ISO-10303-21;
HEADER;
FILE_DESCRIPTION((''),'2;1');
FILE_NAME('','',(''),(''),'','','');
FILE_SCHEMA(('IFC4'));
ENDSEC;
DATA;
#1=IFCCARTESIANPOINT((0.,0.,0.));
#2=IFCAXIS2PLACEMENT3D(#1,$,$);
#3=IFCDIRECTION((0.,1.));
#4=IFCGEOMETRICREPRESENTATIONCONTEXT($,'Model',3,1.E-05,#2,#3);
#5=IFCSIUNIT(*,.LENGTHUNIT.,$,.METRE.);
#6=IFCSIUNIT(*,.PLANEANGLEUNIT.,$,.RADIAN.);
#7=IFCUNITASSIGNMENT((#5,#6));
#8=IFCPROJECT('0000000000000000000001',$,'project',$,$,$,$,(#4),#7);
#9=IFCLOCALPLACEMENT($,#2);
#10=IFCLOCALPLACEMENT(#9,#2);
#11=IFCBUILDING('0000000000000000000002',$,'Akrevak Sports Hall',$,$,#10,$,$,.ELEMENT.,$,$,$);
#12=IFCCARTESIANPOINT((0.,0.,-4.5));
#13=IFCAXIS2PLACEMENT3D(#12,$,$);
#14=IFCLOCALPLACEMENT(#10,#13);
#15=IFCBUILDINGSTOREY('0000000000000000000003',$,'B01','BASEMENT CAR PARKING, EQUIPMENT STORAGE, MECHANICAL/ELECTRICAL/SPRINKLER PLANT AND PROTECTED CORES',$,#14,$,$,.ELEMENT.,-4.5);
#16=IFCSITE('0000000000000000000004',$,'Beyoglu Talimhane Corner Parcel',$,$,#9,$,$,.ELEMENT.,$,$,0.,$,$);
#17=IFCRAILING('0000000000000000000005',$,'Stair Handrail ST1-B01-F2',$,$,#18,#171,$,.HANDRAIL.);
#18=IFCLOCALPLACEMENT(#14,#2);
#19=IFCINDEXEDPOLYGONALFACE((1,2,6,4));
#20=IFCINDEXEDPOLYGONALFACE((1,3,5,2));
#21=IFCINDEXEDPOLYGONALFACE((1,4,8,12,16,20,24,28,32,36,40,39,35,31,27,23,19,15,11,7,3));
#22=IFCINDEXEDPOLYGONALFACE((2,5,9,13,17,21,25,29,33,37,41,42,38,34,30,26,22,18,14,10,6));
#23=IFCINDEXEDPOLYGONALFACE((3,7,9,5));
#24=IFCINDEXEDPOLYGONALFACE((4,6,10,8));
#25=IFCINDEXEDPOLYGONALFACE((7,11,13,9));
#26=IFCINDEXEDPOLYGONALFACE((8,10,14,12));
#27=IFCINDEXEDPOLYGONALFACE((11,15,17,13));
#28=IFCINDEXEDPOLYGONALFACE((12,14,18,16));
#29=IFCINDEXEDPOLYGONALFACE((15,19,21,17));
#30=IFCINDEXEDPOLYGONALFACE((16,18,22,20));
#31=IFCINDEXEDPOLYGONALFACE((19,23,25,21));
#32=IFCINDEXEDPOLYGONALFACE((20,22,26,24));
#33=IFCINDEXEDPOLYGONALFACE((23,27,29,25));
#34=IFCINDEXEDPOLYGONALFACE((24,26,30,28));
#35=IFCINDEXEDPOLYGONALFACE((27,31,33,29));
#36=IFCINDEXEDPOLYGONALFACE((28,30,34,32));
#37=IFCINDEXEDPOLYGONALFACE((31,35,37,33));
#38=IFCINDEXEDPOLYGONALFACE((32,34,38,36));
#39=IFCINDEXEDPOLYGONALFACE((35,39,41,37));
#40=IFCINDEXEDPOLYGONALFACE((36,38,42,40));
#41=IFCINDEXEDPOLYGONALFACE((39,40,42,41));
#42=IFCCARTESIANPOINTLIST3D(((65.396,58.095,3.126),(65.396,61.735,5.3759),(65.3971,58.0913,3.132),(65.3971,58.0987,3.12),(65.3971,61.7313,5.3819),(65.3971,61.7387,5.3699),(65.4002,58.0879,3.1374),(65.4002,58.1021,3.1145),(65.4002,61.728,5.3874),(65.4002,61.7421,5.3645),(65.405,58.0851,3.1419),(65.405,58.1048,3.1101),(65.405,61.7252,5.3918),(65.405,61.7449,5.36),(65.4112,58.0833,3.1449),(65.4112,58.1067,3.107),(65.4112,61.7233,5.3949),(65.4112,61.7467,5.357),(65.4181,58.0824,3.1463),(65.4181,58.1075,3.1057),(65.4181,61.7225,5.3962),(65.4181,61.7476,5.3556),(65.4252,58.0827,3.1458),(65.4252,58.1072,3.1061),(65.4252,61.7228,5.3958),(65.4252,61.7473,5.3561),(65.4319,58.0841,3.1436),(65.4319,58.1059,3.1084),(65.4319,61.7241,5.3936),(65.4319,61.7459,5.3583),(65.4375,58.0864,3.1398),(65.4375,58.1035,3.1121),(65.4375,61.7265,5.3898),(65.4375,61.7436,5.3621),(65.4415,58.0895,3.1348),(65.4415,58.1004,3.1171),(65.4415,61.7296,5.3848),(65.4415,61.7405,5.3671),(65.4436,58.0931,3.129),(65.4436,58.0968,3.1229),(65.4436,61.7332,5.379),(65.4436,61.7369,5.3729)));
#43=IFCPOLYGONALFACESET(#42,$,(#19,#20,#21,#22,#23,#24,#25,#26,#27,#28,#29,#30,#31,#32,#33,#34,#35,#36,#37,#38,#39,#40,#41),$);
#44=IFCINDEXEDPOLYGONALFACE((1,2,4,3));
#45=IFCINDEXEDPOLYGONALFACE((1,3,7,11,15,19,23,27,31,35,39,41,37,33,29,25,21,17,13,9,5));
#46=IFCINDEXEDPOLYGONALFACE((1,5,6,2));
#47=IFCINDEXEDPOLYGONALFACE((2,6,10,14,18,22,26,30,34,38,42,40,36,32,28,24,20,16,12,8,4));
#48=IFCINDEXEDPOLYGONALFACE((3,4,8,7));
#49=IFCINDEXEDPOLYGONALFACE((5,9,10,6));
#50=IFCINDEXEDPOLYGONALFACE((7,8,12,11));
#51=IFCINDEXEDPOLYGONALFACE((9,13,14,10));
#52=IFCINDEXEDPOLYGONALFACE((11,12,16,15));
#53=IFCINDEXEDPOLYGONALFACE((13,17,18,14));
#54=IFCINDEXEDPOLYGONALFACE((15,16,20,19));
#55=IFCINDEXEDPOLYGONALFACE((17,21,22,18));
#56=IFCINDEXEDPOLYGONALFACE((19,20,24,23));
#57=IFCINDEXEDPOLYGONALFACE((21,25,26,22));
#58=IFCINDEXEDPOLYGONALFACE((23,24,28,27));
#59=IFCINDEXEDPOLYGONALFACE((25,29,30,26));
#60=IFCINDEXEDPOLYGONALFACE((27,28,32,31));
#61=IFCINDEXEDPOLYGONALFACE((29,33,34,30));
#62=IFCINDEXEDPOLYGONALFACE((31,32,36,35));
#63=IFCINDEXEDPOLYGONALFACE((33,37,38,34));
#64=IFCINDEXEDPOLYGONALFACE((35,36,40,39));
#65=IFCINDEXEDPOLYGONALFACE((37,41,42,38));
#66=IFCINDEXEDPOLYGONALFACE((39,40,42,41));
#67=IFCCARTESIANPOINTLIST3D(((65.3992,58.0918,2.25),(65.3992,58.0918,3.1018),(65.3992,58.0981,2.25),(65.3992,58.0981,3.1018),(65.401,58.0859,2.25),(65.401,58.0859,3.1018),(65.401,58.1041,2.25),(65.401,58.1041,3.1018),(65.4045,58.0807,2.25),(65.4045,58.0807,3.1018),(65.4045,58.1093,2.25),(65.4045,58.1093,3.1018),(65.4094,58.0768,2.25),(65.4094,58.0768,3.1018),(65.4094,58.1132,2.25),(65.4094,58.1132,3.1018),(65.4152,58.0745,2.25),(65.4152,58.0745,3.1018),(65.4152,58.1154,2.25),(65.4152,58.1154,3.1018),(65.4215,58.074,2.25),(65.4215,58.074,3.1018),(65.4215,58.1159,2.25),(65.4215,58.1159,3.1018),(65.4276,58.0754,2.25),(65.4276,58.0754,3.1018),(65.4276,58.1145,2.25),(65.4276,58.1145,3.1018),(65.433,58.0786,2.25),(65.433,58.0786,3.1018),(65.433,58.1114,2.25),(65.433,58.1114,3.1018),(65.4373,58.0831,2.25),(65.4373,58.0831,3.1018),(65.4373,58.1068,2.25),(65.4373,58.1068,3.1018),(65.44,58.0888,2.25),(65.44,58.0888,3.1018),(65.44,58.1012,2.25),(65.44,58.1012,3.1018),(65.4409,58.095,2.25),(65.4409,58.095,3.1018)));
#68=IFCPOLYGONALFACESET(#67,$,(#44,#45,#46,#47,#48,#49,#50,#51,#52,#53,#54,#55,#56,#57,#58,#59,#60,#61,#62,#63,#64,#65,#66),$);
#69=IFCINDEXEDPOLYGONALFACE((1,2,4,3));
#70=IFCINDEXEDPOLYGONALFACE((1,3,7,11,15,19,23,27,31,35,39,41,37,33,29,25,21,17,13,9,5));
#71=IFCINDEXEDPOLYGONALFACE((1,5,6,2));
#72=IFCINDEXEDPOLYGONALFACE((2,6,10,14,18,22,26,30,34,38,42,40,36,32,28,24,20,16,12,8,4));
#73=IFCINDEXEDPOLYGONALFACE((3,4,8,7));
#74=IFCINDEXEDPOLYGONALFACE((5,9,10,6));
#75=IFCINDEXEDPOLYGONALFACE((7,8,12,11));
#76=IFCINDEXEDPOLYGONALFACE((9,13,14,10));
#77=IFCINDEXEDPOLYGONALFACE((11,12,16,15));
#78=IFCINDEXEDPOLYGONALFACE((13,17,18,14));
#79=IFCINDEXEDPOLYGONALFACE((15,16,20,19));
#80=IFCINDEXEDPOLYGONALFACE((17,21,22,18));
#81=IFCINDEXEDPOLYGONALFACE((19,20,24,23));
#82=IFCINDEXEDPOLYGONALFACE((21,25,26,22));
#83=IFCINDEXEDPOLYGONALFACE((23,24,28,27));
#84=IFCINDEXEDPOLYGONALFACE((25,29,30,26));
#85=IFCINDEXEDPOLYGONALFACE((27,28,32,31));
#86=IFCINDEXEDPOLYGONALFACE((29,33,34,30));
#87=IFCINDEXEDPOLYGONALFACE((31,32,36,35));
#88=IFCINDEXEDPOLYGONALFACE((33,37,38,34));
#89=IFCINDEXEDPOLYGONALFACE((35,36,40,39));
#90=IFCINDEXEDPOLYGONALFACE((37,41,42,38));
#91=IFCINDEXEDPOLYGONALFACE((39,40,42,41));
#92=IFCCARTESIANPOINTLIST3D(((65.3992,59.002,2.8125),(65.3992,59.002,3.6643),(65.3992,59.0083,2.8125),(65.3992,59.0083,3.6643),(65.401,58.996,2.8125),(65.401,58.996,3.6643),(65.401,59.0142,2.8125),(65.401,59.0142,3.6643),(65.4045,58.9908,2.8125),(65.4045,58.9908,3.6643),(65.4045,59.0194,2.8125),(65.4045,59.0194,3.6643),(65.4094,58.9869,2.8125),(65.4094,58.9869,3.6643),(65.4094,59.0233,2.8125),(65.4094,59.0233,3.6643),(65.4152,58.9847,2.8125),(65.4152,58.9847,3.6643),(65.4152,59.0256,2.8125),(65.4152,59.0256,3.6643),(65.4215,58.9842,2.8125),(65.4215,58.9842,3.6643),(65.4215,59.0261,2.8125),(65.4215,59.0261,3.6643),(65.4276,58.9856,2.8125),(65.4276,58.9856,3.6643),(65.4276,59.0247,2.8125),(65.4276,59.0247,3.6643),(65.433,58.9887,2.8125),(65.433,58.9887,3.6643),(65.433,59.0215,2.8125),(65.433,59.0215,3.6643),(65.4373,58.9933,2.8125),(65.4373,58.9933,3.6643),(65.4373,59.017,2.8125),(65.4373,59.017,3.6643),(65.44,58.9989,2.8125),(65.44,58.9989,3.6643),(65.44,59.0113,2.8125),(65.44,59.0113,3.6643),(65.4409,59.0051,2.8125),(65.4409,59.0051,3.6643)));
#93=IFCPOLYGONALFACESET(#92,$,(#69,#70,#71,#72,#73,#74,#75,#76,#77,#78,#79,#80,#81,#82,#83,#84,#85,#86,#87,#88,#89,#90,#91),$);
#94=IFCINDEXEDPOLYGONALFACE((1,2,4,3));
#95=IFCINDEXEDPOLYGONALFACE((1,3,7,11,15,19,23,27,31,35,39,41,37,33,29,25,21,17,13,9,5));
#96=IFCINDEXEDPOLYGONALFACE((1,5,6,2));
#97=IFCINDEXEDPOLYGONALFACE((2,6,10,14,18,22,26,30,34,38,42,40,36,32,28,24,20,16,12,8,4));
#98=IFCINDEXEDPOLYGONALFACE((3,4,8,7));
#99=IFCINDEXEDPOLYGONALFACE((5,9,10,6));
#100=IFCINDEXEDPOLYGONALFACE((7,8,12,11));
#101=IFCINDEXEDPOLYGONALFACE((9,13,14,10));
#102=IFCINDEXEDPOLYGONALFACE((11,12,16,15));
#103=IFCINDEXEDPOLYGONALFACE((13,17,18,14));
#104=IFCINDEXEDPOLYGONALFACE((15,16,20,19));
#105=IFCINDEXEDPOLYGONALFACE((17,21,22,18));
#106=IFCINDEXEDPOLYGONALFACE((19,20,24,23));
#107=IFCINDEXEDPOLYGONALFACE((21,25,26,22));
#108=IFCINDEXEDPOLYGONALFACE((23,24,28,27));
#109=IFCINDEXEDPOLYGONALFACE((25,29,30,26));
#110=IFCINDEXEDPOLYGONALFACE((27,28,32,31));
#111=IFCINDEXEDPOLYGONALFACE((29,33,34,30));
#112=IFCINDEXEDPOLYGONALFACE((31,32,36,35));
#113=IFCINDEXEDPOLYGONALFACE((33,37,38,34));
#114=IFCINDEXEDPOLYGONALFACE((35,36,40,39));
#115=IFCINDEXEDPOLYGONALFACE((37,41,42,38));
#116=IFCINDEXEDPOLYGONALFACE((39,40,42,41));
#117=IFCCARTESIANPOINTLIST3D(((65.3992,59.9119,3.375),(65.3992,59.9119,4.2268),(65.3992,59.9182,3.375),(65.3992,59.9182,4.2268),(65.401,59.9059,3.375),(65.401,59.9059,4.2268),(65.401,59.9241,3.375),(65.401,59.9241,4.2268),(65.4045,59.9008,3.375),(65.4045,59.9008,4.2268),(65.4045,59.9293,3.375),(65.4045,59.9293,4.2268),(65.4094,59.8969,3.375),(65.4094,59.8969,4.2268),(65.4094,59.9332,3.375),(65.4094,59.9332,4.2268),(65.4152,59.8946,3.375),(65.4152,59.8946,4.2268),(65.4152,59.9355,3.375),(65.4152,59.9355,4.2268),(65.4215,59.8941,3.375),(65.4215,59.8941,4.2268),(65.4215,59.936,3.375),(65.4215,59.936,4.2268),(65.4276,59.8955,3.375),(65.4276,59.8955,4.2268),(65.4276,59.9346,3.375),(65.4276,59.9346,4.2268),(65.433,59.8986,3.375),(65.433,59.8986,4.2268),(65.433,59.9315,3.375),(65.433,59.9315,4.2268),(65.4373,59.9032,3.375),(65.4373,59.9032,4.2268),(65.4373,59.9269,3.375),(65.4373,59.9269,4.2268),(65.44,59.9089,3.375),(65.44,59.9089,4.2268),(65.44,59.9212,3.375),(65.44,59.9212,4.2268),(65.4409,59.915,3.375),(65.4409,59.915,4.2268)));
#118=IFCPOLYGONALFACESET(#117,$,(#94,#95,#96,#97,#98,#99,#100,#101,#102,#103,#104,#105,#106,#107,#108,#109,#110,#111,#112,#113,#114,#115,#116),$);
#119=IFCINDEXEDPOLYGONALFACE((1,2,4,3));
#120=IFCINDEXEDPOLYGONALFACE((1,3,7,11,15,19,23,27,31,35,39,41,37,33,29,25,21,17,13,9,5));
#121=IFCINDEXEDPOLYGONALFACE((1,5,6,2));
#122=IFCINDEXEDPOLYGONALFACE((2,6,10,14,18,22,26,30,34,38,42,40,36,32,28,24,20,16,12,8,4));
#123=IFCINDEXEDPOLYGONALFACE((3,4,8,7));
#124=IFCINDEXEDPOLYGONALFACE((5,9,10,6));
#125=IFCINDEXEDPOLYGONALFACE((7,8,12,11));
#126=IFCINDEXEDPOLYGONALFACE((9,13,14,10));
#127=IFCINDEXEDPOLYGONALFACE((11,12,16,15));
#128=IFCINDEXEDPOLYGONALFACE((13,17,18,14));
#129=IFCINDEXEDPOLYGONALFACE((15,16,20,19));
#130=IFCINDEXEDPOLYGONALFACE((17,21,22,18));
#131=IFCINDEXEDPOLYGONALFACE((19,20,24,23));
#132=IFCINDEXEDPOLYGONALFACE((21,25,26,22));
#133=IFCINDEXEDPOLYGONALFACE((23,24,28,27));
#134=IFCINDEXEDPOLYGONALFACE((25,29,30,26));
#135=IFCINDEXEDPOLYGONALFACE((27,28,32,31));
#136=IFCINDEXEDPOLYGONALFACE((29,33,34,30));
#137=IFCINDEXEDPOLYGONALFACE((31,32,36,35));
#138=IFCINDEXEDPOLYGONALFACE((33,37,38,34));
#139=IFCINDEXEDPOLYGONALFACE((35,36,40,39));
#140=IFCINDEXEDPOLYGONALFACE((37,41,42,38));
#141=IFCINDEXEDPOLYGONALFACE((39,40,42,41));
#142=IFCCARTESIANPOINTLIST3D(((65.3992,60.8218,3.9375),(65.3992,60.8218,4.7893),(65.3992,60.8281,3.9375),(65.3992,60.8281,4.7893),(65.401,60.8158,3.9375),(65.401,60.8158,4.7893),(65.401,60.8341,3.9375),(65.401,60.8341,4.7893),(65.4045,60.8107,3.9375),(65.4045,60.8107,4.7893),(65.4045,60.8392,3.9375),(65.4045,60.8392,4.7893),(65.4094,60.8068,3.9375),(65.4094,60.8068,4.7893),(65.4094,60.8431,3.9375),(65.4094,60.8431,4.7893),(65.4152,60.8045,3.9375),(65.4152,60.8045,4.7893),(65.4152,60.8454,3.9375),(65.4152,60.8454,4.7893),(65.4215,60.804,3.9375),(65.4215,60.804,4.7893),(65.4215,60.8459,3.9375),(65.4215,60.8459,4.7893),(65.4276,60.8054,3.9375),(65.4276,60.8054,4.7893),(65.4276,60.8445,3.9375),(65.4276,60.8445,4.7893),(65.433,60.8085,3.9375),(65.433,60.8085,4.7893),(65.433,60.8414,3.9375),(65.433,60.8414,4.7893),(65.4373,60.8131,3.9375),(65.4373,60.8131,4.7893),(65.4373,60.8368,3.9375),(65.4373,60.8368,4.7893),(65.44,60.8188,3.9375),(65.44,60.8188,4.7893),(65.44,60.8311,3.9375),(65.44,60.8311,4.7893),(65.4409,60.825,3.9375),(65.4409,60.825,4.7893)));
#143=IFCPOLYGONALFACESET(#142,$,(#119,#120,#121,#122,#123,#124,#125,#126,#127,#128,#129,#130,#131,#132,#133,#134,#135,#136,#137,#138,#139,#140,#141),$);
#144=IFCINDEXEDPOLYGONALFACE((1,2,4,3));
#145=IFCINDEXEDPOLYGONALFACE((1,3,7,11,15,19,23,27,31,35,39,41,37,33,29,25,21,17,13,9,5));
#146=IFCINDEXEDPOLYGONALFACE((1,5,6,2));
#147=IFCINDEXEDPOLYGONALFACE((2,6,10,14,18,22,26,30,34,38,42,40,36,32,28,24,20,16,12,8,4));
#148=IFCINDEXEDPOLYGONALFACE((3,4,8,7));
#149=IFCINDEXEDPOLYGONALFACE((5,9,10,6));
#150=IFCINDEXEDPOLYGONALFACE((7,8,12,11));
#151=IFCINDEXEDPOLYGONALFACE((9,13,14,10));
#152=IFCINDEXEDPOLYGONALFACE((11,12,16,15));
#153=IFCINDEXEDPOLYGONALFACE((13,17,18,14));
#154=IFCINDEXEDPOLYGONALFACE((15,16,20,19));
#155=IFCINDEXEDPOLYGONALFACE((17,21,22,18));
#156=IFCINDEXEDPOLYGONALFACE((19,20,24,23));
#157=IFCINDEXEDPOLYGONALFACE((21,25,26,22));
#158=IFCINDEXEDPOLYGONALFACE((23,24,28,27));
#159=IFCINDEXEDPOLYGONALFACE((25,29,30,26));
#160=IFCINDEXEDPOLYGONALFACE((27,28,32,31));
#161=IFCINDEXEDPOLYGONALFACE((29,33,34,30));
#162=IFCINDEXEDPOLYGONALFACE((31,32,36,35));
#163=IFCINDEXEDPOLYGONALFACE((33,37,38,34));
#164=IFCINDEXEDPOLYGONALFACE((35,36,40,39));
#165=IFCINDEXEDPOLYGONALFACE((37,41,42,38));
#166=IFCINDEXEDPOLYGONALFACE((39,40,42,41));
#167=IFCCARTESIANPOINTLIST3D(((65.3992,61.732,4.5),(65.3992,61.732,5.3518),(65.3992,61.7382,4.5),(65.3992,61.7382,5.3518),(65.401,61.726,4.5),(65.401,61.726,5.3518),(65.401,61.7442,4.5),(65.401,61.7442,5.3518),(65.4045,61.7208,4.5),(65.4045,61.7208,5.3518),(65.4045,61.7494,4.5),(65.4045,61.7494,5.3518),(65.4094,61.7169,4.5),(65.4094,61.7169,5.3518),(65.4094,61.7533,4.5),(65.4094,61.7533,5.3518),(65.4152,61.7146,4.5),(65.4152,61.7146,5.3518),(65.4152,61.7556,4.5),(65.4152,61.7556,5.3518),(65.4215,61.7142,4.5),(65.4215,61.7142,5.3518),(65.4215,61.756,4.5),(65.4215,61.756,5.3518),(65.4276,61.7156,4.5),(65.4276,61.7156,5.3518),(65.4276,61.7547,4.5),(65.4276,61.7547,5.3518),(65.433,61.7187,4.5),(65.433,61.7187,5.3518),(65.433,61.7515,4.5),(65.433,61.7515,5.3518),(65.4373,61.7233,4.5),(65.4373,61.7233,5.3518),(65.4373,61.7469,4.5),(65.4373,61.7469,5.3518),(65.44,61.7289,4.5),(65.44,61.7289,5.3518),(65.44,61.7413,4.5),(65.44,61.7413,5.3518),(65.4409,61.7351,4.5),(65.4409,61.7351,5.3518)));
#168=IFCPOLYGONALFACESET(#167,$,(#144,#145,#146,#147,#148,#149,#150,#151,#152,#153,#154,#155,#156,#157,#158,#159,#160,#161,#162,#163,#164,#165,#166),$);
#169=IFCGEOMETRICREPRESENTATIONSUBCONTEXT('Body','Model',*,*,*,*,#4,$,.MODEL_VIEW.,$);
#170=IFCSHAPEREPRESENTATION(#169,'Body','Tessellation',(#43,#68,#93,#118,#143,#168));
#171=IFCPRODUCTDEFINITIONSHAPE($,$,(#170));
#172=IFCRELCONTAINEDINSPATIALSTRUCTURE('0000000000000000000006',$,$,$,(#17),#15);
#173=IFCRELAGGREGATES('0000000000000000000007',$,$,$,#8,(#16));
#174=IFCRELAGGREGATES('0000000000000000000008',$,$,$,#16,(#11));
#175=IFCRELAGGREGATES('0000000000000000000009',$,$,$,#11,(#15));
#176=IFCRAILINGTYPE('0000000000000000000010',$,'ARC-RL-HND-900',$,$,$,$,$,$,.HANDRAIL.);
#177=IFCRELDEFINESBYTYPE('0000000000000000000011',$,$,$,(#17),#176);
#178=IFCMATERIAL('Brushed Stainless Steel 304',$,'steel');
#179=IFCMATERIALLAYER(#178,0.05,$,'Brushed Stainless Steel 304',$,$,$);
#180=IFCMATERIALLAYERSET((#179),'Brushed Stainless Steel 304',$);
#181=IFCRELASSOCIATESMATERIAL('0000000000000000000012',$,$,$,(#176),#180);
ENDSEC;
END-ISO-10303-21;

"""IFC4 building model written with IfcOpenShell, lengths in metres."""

from ifc_helpers import new_model, si_unit, direction, frame, origin, origin_2d, place, context, subcontext, project, spatial, circle, extrude, material, layer, layer_set, type_object, element, save


model = new_model("IFC4")

# Units and contexts
model_context = context("Model", 3, precision=1e-05, world=origin(), true_north=direction((0.0, 1.0)))
body_context = subcontext(model_context, "Body", "Model", "MODEL_VIEW")
ifc_project = project(units=[si_unit("LENGTHUNIT", "METRE"), si_unit("PLANEANGLEUNIT", "RADIAN")], contexts=[model_context])

# Site, building, storey
site_placement = place(None, origin())
site = spatial("IfcSite", under=ifc_project, at=site_placement, Name="Beyoglu Talimhane Corner Parcel", CompositionType="ELEMENT", RefElevation=0.0)
building_placement = place(site_placement, origin())
building = spatial("IfcBuilding", under=site, at=building_placement, Name="Akrevak Sports Hall", CompositionType="ELEMENT")
storey_placement = place(building_placement, frame((0.0, 0.0, -4.5)))
storey = spatial("IfcBuildingStorey", under=building, at=storey_placement, Name="B01", Description="BASEMENT CAR PARKING, EQUIPMENT STORAGE, MECHANICAL/ELECTRICAL/SPRINKLER PLANT AND PROTECTED CORES", CompositionType="ELEMENT", Elevation=-4.5)

# Railing
ifc_material_1 = material(Name="Brushed Stainless Steel 304", Category="steel")
ifc_layer_1 = layer(ifc_material_1, 0.05, Name="Brushed Stainless Steel 304")
ifc_layer_set_1 = layer_set([ifc_layer_1], Name="Brushed Stainless Steel 304")
railing_type_1 = type_object("IfcRailingType", Name="ARC-RL-HND-900", PredefinedType="HANDRAIL", material=ifc_layer_set_1)
railing_1_placement = place(storey_placement, frame((65.4199, 58.095, 2.25)))
element("IfcRailing", 1, at=railing_1_placement, inside=storey, type_object=railing_type_1, Name="Stair Handrail ST1-B01-F2", PredefinedType="HANDRAIL", context=body_context, shape_type="SweptSolid", body=[
    extrude(circle(Radius=0.0239, at=origin_2d()), frame((0.0, 0.0, 0.876), z_axis=(0.0, 0.850622, 0.525777), x_axis=(-1.0, 0.0, 0.0)), (0.0, 0.0, 1.0), 4.2793),
    extrude(circle(Radius=0.021, at=origin_2d()), origin(), (0.0, 0.0, 1.0), 0.8518),
    extrude(circle(Radius=0.021, at=origin_2d()), frame((0.0, 0.9102, 0.5625)), (0.0, 0.0, 1.0), 0.8518),
    extrude(circle(Radius=0.021, at=origin_2d()), frame((0.0, 1.8201, 1.125)), (0.0, 0.0, 1.0), 0.8518),
    extrude(circle(Radius=0.021, at=origin_2d()), frame((0.0, 2.73, 1.6875)), (0.0, 0.0, 1.0), 0.8518),
    extrude(circle(Radius=0.021, at=origin_2d()), frame((0.0, 3.6401, 2.25)), (0.0, 0.0, 1.0), 0.8518),
])

save(model, "model.ifc")
